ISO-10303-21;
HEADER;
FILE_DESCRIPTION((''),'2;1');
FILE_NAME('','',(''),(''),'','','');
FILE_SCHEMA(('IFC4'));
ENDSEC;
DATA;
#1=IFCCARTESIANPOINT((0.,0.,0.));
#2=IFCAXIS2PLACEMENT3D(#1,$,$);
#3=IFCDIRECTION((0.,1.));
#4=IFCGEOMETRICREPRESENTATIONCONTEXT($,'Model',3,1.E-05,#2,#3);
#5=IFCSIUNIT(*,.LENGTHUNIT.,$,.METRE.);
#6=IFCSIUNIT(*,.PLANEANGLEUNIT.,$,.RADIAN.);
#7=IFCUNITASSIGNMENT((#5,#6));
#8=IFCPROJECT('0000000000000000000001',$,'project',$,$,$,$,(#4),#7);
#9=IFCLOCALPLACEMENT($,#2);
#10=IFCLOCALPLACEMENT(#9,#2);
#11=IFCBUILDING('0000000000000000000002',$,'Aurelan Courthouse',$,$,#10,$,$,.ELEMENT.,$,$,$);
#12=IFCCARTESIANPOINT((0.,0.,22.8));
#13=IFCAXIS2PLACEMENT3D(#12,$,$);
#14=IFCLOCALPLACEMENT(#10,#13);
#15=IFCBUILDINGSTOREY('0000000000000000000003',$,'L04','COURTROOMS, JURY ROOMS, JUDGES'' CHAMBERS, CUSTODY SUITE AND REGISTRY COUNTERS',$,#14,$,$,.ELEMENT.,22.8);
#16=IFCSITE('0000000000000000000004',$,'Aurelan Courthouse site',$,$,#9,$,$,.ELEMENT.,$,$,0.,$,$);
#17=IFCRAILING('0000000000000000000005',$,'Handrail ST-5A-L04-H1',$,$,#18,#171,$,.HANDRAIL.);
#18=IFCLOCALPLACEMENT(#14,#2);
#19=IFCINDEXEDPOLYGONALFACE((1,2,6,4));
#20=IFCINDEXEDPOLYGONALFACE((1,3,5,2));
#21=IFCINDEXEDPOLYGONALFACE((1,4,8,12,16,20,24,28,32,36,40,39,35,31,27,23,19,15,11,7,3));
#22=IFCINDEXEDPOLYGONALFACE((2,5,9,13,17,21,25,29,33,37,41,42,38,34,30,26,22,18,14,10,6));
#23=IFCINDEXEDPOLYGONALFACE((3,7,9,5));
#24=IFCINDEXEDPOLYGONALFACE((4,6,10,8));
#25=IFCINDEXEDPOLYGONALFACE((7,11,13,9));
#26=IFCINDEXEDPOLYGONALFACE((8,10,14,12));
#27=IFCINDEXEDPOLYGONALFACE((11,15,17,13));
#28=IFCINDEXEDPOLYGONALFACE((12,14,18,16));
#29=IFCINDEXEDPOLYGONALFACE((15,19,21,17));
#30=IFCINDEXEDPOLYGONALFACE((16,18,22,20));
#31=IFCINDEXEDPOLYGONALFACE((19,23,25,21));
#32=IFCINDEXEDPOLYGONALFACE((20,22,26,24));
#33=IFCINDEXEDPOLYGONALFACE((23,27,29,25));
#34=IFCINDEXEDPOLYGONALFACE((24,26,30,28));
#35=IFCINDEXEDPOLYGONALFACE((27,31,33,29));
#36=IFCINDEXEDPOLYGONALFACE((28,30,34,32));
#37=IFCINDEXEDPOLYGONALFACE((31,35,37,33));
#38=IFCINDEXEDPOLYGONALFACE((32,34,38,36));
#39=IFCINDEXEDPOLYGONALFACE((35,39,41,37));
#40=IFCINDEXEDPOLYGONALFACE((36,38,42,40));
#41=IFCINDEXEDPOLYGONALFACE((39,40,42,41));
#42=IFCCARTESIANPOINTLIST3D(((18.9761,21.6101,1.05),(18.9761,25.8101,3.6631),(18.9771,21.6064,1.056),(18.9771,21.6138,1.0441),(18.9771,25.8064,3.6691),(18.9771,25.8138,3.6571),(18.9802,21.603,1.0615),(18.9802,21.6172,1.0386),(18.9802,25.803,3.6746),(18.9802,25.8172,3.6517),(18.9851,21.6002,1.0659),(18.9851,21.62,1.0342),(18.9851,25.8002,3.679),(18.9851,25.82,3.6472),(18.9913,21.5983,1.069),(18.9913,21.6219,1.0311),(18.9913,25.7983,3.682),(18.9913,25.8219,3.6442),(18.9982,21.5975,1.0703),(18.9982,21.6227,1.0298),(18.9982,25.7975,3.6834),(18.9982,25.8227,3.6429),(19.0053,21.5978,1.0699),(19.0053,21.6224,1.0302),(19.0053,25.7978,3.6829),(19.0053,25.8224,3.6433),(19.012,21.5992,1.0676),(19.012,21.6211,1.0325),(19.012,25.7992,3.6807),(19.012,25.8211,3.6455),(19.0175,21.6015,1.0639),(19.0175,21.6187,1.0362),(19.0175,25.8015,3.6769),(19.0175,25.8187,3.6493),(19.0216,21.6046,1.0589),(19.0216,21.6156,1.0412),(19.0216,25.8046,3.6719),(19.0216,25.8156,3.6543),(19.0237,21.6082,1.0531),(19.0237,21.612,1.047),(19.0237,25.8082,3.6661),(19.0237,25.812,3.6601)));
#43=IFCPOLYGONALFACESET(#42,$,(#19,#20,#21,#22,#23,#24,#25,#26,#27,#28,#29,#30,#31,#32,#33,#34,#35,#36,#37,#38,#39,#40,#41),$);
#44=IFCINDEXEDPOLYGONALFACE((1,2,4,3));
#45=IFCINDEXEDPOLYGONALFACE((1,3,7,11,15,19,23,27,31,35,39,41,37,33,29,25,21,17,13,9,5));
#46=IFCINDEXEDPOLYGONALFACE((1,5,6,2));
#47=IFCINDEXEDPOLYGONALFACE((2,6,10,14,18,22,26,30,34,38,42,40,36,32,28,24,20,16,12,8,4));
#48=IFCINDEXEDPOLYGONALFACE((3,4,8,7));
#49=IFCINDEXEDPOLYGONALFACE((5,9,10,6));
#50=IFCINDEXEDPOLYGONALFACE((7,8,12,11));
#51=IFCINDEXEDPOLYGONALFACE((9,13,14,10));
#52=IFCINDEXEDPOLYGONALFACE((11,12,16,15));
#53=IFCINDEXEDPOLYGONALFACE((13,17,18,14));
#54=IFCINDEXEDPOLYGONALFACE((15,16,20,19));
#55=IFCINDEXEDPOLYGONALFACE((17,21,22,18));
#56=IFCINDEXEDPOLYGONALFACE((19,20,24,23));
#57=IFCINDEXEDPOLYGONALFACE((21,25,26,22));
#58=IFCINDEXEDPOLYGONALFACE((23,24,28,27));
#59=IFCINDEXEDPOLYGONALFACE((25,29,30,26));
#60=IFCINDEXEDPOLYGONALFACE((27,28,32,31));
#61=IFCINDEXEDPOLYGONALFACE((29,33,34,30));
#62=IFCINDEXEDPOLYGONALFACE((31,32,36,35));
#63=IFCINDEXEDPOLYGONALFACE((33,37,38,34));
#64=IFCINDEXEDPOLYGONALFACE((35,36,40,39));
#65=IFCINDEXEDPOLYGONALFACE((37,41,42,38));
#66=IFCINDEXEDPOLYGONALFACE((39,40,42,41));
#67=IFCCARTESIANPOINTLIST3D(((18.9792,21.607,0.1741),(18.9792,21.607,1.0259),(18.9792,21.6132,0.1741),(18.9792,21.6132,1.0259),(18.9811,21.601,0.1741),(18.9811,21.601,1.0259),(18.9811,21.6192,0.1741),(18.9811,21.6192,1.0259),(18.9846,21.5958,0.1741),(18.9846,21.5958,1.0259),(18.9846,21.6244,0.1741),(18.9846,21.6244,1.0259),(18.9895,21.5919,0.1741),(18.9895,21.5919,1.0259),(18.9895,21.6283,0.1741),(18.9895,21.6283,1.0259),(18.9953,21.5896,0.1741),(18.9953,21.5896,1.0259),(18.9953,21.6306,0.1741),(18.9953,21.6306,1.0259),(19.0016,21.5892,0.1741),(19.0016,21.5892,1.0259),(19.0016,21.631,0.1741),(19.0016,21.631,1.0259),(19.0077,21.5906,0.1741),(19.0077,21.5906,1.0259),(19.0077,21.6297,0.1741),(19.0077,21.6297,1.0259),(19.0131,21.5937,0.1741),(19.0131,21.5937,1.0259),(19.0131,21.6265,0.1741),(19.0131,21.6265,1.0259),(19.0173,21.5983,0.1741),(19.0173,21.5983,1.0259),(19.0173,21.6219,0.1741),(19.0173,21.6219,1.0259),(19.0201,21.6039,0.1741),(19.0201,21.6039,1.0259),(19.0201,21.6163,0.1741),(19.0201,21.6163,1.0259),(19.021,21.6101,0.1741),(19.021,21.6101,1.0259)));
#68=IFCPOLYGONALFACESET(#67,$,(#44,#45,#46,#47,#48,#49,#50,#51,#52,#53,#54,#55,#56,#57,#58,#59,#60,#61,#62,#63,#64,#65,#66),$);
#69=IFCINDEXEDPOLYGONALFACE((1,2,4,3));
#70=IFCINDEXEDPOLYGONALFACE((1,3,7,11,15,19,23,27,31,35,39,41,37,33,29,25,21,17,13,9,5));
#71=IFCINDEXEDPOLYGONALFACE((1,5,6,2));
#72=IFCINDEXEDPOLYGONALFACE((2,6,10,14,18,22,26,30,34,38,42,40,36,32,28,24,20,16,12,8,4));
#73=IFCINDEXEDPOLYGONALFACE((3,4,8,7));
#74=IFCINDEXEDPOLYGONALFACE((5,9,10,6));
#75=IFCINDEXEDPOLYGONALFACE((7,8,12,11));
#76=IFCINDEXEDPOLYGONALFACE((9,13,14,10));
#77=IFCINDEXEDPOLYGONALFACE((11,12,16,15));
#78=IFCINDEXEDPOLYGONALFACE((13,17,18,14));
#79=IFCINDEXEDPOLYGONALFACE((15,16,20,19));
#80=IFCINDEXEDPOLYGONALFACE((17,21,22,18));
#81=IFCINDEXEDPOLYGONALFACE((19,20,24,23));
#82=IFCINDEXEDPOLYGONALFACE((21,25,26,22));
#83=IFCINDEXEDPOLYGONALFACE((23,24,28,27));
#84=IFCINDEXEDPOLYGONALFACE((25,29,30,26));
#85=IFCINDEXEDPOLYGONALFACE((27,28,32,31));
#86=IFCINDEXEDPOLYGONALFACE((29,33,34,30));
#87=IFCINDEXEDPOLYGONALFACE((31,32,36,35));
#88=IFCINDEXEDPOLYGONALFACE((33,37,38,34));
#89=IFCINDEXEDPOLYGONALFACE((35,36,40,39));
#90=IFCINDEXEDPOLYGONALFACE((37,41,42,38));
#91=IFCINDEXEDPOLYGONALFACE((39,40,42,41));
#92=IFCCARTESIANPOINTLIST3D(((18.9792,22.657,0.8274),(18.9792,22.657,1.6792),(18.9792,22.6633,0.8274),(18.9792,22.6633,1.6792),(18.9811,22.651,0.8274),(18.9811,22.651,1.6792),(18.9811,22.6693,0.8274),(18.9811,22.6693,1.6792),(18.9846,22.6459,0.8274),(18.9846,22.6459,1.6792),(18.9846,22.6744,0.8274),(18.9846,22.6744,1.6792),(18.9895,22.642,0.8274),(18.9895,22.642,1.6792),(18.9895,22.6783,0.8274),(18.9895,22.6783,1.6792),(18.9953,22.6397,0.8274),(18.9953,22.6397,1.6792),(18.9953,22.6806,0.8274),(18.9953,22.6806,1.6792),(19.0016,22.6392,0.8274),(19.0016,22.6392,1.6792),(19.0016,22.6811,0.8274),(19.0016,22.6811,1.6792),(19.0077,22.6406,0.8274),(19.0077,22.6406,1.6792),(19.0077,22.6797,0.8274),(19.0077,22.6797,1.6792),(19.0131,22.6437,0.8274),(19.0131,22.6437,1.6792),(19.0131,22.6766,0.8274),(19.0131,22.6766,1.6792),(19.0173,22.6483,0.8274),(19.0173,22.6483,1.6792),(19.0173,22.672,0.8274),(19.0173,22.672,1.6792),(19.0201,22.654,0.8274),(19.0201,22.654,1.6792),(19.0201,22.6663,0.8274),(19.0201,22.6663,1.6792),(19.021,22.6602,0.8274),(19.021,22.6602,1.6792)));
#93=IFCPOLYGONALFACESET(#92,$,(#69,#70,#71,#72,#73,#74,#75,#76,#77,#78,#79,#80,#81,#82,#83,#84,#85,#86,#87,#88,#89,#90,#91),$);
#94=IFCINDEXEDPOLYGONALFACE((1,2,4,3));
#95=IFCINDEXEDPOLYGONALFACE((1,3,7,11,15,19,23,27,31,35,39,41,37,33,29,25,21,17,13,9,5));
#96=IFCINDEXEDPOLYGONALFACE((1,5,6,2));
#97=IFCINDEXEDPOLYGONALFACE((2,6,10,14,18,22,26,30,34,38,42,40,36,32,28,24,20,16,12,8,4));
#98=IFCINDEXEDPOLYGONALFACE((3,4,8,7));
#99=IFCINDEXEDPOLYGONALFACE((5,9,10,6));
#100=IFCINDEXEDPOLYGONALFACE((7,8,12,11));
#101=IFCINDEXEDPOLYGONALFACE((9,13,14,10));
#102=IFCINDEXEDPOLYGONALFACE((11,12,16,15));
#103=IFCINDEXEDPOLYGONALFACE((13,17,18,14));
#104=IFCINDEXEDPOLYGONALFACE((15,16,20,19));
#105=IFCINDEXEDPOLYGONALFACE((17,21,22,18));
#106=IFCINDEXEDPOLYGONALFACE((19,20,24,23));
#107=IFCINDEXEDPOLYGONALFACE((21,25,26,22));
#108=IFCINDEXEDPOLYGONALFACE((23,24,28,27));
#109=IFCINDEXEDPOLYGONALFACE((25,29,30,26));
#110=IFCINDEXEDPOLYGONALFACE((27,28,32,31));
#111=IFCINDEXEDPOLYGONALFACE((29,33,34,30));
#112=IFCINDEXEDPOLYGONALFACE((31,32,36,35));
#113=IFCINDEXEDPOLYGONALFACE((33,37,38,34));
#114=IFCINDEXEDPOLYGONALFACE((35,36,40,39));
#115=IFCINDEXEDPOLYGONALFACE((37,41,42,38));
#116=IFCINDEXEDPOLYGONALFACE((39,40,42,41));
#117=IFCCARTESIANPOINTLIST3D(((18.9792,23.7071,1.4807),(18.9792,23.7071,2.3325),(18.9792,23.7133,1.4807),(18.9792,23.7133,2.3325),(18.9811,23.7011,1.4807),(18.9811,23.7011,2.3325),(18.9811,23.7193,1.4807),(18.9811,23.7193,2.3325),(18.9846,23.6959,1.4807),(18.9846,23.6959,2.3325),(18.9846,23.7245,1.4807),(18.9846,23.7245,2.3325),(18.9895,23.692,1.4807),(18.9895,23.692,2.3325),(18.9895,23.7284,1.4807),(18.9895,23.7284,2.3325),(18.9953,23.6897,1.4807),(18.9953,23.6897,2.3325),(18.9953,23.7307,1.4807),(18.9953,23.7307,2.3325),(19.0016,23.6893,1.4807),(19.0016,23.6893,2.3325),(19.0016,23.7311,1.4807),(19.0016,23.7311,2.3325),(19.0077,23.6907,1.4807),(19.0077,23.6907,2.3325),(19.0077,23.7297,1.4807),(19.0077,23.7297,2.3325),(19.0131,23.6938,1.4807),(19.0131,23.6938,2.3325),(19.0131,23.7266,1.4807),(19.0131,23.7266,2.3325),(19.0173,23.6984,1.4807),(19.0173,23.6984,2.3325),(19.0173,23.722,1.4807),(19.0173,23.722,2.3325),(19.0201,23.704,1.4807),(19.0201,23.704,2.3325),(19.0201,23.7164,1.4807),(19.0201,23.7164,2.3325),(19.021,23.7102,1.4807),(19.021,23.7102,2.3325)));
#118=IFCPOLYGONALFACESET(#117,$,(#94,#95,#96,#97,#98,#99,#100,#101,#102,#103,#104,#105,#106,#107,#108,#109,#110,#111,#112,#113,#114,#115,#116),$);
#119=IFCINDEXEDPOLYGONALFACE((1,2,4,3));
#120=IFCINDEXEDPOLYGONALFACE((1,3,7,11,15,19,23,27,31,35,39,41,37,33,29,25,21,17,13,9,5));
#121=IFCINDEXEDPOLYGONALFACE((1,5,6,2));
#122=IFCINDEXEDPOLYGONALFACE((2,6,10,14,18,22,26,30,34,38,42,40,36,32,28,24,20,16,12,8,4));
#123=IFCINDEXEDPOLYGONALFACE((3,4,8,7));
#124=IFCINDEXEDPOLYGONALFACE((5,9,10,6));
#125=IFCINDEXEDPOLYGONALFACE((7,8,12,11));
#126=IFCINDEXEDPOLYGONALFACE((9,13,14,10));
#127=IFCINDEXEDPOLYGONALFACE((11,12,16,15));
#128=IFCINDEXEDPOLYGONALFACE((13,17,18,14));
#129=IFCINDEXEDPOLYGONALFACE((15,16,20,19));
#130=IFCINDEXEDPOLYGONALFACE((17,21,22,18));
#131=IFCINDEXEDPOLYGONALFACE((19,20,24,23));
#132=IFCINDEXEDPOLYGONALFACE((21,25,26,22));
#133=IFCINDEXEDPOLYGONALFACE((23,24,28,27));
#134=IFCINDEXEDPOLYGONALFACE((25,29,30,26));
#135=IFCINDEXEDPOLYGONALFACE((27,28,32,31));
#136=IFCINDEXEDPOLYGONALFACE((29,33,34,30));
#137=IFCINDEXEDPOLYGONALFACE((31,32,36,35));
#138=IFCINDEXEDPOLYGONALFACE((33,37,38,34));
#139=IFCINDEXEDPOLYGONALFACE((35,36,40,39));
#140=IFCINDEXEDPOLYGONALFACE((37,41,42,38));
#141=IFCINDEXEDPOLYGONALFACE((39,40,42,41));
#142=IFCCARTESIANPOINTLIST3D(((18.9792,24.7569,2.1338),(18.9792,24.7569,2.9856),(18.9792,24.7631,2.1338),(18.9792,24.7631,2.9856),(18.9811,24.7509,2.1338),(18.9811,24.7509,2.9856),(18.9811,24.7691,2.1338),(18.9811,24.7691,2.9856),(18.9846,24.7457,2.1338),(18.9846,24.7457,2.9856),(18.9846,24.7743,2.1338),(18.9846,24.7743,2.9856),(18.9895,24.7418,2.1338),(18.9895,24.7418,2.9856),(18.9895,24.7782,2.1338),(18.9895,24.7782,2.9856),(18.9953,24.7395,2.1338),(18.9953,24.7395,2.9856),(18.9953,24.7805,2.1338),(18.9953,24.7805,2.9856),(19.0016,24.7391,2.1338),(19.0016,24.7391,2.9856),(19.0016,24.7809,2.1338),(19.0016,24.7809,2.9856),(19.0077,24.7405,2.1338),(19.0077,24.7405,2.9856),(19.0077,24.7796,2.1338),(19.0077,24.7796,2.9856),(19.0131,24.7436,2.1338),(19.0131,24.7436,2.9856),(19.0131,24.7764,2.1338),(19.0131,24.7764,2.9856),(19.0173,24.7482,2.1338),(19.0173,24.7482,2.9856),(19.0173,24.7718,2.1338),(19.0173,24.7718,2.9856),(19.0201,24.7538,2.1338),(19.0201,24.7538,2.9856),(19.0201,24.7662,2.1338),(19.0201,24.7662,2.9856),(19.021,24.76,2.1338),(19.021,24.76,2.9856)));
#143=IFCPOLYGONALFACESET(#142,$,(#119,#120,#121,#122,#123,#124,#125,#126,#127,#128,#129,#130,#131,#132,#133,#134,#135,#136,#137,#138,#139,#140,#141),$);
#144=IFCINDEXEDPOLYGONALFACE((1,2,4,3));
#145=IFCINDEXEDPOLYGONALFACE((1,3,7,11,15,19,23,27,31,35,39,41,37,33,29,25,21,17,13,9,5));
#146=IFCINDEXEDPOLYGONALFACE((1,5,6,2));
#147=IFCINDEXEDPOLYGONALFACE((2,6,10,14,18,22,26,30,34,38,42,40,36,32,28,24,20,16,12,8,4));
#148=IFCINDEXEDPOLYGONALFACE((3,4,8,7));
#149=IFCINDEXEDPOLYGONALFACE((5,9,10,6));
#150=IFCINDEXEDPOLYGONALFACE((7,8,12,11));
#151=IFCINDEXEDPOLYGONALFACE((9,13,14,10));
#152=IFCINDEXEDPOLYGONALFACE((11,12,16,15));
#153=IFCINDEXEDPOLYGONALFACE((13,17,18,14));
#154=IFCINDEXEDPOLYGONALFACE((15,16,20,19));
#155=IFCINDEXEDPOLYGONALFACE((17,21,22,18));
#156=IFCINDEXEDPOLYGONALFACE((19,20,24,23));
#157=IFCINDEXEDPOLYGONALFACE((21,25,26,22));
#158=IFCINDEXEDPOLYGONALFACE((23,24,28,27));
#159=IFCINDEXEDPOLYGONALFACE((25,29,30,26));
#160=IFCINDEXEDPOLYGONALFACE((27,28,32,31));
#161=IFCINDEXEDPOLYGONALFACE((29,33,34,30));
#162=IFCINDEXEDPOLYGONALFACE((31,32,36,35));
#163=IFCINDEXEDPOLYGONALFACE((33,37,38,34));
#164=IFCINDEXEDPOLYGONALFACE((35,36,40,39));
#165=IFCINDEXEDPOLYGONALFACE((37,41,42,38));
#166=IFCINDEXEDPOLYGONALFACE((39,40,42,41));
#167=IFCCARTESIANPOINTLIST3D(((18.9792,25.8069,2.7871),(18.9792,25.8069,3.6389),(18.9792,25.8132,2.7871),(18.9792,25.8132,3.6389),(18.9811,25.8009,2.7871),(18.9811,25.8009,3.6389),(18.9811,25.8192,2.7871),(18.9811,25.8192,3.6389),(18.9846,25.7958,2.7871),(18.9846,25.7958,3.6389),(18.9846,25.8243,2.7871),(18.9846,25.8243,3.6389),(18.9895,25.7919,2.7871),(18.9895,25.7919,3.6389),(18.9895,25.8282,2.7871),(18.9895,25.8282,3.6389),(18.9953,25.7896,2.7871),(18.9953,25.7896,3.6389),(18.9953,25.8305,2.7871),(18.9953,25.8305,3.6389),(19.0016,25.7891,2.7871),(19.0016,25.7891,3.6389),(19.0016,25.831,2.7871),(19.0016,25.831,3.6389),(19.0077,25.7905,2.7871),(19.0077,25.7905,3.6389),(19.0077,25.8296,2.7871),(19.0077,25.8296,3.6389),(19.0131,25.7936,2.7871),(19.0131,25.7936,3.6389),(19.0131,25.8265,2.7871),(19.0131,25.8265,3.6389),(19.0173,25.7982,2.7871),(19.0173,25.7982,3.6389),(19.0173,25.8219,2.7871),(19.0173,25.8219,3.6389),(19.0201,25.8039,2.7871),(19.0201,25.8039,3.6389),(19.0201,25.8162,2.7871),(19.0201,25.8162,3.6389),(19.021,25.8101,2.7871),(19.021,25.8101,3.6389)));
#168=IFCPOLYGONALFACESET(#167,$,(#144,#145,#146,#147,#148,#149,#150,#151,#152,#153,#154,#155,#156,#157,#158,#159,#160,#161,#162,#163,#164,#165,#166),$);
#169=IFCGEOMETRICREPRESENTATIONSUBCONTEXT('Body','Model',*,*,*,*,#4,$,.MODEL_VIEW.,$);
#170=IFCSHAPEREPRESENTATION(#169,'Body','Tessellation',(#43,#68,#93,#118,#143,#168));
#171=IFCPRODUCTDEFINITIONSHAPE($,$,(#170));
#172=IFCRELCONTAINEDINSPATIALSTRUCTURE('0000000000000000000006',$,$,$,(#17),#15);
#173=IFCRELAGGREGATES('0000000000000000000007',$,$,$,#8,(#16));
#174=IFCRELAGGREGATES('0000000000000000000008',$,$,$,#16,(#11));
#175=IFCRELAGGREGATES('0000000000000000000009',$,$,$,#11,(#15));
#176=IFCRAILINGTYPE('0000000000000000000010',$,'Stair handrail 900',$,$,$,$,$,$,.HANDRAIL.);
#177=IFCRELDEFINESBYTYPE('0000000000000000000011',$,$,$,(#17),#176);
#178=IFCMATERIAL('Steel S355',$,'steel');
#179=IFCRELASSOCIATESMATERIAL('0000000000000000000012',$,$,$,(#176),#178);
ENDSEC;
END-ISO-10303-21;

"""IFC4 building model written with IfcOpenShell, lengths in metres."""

from ifc_helpers import new_model, si_unit, direction, frame, origin, origin_2d, place, context, subcontext, project, spatial, circle, extrude, material, type_object, element, save


model = new_model("IFC4")

# Units and contexts
model_context = context("Model", 3, precision=1e-05, world=origin(), true_north=direction((0.0, 1.0)))
body_context = subcontext(model_context, "Body", "Model", "MODEL_VIEW")
ifc_project = project(units=[si_unit("LENGTHUNIT", "METRE"), si_unit("PLANEANGLEUNIT", "RADIAN")], contexts=[model_context])

# Site, building, storey
site_placement = place(None, origin())
site = spatial("IfcSite", under=ifc_project, at=site_placement, Name="Aurelan Courthouse site", CompositionType="ELEMENT", RefElevation=0.0)
building_placement = place(site_placement, origin())
building = spatial("IfcBuilding", under=site, at=building_placement, Name="Aurelan Courthouse", CompositionType="ELEMENT")
storey_placement = place(building_placement, frame((0.0, 0.0, 22.8)))
storey = spatial("IfcBuildingStorey", under=building, at=storey_placement, Name="L04", Description="COURTROOMS, JURY ROOMS, JUDGES' CHAMBERS, CUSTODY SUITE AND REGISTRY COUNTERS", CompositionType="ELEMENT", Elevation=22.8)

# Railing
ifc_material_1 = material(Name="Steel S355", Category="steel")
railing_type_1 = type_object("IfcRailingType", Name="Stair handrail 900", PredefinedType="HANDRAIL", material=ifc_material_1)
for number, where, name in (
    (1, (19.0, 21.6101, 0.1741), "Handrail ST-5A-L04-H1"),
):
    element("IfcRailing", number, at=place(storey_placement, frame(where)), inside=storey, type_object=railing_type_1, Name=name, PredefinedType="HANDRAIL", context=body_context, shape_type="SweptSolid", body=[
        extrude(circle(Radius=0.0239, at=origin_2d()), frame((0.0, 0.0, 0.876), z_axis=(0.0, 0.849081, 0.528263), x_axis=(-1.0, 0.0, 0.0)), (0.0, 0.0, 1.0), 4.9465),
        extrude(circle(Radius=0.021, at=origin_2d()), origin(), (0.0, 0.0, 1.0), 0.8518),
        extrude(circle(Radius=0.021, at=origin_2d()), frame((0.0, 1.05, 0.6533)), (0.0, 0.0, 1.0), 0.8518),
        extrude(circle(Radius=0.021, at=origin_2d()), frame((0.0, 2.1001, 1.3066)), (0.0, 0.0, 1.0), 0.8518),
        extrude(circle(Radius=0.021, at=origin_2d()), frame((0.0, 3.1499, 1.9597)), (0.0, 0.0, 1.0), 0.8518),
        extrude(circle(Radius=0.021, at=origin_2d()), frame((0.0, 4.2, 2.613)), (0.0, 0.0, 1.0), 0.8518),
    ])

save(model, "model.ifc")
